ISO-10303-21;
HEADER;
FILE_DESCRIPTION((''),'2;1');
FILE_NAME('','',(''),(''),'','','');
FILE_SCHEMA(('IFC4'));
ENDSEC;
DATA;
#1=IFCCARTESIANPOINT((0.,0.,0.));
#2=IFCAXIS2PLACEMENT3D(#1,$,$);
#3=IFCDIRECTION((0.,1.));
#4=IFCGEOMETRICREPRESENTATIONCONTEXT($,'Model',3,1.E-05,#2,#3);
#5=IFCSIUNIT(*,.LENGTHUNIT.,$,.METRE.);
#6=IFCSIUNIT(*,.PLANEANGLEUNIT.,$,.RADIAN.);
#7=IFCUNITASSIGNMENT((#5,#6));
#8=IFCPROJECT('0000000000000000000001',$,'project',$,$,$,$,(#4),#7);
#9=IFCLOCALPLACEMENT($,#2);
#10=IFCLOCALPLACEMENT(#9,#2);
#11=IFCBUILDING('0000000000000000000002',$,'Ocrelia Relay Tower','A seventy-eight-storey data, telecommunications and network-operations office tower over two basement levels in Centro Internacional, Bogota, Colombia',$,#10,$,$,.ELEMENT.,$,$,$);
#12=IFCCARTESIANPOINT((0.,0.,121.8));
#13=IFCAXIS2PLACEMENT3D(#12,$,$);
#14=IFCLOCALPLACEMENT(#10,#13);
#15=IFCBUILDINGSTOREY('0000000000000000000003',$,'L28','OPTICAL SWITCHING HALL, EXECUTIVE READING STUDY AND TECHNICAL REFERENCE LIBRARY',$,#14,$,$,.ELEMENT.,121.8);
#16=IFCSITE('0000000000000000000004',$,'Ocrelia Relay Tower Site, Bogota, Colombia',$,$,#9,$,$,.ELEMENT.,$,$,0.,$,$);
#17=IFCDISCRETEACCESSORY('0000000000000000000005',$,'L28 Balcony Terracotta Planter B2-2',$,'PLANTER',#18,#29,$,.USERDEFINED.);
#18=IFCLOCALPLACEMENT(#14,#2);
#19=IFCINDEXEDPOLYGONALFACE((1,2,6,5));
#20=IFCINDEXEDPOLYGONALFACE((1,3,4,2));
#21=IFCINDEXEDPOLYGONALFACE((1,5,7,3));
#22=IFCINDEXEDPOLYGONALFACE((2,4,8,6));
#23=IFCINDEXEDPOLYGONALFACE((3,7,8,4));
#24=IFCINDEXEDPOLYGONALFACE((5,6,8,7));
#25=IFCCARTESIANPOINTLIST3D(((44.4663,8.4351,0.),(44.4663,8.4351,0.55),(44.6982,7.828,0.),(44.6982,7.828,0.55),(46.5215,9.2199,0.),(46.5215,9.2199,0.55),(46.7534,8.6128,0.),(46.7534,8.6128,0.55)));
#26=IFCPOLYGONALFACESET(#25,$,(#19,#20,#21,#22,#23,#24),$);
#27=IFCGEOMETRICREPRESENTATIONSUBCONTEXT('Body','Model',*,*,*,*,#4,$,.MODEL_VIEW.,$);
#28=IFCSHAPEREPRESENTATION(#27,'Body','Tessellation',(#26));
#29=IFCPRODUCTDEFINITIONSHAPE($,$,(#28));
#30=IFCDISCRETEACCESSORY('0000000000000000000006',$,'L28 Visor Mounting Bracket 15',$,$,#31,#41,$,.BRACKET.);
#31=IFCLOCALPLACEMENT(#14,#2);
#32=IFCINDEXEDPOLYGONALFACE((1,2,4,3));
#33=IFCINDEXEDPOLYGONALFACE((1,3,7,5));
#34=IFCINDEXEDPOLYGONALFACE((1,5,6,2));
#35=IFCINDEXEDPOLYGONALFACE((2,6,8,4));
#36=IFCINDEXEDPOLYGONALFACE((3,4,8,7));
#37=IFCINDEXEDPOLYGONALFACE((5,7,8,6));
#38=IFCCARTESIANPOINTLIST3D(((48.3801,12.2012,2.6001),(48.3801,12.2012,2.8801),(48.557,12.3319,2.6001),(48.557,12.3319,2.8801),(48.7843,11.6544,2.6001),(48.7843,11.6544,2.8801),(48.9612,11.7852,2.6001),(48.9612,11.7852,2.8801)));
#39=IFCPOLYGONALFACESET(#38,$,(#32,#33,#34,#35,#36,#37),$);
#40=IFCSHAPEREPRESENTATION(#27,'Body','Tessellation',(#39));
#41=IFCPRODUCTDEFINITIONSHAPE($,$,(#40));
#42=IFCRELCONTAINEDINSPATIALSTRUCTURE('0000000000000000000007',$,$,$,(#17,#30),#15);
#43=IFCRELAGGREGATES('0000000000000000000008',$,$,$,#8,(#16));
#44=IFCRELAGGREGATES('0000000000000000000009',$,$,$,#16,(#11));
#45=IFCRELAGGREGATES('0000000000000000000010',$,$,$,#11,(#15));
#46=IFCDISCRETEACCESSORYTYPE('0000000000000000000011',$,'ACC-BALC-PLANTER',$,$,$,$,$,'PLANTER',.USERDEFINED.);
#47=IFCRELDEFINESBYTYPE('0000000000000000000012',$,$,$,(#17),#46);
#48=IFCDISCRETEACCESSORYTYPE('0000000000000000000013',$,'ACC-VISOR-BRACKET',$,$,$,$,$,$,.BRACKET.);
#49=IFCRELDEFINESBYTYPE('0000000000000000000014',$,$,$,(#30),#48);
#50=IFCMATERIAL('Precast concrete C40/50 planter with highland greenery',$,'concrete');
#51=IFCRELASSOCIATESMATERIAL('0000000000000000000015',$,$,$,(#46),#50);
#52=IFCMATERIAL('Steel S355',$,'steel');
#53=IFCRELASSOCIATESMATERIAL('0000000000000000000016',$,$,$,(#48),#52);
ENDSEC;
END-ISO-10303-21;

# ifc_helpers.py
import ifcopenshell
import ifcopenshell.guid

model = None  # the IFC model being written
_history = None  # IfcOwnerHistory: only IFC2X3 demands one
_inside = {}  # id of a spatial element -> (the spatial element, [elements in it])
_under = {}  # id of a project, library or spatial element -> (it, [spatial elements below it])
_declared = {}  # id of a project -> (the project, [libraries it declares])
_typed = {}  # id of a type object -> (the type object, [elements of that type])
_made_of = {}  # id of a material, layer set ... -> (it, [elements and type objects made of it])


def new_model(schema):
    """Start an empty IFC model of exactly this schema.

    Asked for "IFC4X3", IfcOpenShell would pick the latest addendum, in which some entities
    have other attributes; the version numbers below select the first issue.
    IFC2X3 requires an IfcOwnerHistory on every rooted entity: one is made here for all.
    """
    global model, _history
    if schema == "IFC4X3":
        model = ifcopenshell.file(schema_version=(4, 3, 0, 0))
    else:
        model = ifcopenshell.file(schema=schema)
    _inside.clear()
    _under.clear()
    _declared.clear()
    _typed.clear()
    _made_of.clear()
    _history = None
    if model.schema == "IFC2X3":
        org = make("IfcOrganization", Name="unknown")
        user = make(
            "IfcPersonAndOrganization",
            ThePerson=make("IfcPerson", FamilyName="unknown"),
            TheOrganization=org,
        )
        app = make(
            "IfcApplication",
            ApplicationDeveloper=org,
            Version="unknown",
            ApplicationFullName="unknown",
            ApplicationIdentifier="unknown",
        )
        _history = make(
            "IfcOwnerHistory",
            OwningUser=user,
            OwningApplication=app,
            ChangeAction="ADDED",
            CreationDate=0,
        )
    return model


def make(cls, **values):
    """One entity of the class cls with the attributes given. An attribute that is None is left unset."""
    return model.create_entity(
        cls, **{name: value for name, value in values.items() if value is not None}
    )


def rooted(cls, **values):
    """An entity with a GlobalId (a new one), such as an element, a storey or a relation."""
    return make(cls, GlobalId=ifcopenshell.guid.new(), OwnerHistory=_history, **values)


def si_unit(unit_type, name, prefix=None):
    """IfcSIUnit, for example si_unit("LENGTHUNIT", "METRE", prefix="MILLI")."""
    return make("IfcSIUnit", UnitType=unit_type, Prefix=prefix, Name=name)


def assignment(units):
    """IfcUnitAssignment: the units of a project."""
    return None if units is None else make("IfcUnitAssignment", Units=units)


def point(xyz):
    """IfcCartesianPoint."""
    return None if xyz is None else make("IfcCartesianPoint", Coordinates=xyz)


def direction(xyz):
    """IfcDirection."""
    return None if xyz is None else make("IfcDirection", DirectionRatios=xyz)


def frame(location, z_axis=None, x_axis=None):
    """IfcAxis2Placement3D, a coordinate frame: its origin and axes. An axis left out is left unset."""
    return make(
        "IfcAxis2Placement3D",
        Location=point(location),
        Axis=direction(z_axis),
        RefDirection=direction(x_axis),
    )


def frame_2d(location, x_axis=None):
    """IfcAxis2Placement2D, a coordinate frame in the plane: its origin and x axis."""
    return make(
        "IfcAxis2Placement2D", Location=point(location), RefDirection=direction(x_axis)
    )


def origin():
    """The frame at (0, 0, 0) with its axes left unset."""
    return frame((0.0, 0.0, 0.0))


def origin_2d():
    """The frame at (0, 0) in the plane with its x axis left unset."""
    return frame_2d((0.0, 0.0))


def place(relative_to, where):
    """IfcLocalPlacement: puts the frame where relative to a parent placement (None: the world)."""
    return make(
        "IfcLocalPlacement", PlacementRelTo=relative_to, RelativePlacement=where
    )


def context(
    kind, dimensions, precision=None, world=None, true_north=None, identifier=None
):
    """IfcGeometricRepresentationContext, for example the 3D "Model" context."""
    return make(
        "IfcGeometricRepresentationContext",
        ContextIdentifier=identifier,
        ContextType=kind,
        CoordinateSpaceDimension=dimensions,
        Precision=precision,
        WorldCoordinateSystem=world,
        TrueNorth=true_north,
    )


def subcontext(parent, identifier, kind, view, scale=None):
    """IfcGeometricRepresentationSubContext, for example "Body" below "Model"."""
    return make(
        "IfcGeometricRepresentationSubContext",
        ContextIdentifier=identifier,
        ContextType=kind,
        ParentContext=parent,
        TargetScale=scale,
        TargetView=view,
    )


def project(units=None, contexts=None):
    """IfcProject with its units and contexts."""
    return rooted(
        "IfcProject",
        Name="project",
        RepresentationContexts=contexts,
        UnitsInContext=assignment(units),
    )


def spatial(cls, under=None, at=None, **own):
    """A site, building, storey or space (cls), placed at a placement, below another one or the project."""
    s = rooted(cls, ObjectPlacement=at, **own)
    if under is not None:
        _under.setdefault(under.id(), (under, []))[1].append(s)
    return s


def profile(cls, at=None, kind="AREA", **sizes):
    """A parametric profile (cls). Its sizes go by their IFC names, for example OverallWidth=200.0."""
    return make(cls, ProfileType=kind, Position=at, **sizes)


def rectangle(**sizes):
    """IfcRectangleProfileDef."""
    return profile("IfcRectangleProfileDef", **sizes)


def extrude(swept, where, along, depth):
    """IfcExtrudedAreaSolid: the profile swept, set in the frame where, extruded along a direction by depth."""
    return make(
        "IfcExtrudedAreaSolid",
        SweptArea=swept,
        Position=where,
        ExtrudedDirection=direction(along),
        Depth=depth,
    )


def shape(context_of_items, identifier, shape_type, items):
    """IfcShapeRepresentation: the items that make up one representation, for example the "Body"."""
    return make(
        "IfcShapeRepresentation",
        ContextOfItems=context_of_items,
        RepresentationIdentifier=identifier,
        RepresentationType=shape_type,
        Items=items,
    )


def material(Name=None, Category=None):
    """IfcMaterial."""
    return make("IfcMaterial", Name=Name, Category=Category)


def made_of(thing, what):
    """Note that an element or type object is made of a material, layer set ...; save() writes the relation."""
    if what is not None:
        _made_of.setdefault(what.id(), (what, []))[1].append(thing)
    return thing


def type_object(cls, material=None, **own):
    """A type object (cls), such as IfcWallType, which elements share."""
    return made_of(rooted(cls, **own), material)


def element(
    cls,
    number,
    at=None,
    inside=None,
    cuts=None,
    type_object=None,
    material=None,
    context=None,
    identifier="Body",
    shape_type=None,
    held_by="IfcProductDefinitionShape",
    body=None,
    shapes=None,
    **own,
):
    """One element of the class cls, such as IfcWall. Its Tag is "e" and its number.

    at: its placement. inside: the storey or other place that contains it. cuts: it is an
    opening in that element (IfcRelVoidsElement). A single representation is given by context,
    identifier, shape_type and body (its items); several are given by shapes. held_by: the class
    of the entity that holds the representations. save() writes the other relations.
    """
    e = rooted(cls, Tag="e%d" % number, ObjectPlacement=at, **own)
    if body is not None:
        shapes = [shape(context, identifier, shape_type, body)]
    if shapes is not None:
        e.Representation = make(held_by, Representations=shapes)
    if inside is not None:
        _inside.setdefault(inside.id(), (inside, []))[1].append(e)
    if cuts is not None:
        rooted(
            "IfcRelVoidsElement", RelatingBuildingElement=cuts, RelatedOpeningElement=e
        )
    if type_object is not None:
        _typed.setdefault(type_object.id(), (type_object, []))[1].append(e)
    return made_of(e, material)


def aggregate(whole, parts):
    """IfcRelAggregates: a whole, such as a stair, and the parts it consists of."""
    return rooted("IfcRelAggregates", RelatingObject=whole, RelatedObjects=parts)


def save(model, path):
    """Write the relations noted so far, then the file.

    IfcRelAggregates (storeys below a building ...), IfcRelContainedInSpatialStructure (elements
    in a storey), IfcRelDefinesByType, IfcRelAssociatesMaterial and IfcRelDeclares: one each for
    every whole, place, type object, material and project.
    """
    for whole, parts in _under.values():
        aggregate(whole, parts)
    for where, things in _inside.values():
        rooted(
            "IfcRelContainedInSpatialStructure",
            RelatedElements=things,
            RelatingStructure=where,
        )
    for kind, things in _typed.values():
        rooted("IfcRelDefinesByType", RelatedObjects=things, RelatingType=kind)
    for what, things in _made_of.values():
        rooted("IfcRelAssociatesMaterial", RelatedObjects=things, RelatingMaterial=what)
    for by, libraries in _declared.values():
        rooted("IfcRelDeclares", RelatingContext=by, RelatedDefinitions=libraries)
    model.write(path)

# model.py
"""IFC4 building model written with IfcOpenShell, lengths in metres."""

from ifc_helpers import new_model, si_unit, direction, frame, origin, origin_2d, place, context, subcontext, project, spatial, rectangle, extrude, material, type_object, element, save


model = new_model("IFC4")

# Units and contexts
model_context = context("Model", 3, precision=1e-05, world=origin(), true_north=direction((0.0, 1.0)))
body_context = subcontext(model_context, "Body", "Model", "MODEL_VIEW")
ifc_project = project(units=[si_unit("LENGTHUNIT", "METRE"), si_unit("PLANEANGLEUNIT", "RADIAN")], contexts=[model_context])

# Site, building, storey
site_placement = place(None, origin())
site = spatial("IfcSite", under=ifc_project, at=site_placement, Name="Ocrelia Relay Tower Site, Bogota, Colombia", CompositionType="ELEMENT", RefElevation=0.0)
building_placement = place(site_placement, origin())
building = spatial("IfcBuilding", under=site, at=building_placement, Name="Ocrelia Relay Tower", Description="A seventy-eight-storey data, telecommunications and network-operations office tower over two basement levels in Centro Internacional, Bogota, Colombia", CompositionType="ELEMENT")
storey_placement = place(building_placement, frame((0.0, 0.0, 121.8)))
storey = spatial("IfcBuildingStorey", under=building, at=storey_placement, Name="L28", Description="OPTICAL SWITCHING HALL, EXECUTIVE READING STUDY AND TECHNICAL REFERENCE LIBRARY", CompositionType="ELEMENT", Elevation=121.8)

# Shared definitions
ifc_material_1 = material(Name="Steel S355", Category="steel")

# Discrete accessories
ifc_material_2 = material(Name="Precast concrete C40/50 planter with highland greenery", Category="concrete")
discrete_accessory_type_1 = type_object("IfcDiscreteAccessoryType", Name="ACC-BALC-PLANTER", ElementType="PLANTER", PredefinedType="USERDEFINED", material=ifc_material_2)
discrete_accessory_1_placement = place(storey_placement, frame((45.6099, 8.5239, 0.0), z_axis=(0.0, 0.0, 1.0), x_axis=(-0.934206, -0.356733, 0.0)))
element("IfcDiscreteAccessory", 1, at=discrete_accessory_1_placement, inside=storey, type_object=discrete_accessory_type_1, Name="L28 Balcony Terracotta Planter B2-2", ObjectType="PLANTER", PredefinedType="USERDEFINED", context=body_context, shape_type="SweptSolid", body=[
    extrude(rectangle(XDim=2.2, YDim=0.6499, at=origin_2d()), origin(), (0.0, 0.0, 1.0), 0.55),
])
discrete_accessory_type_2 = type_object("IfcDiscreteAccessoryType", Name="ACC-VISOR-BRACKET", PredefinedType="BRACKET", material=ifc_material_1)
discrete_accessory_2_placement = place(storey_placement, frame((48.6707, 11.9932, 2.6001), z_axis=(0.0, 0.0, 1.0), x_axis=(0.804154, 0.594422, 0.0)))
element("IfcDiscreteAccessory", 2, at=discrete_accessory_2_placement, inside=storey, type_object=discrete_accessory_type_2, Name="L28 Visor Mounting Bracket 15", PredefinedType="BRACKET", context=body_context, shape_type="SweptSolid", body=[
    extrude(rectangle(XDim=0.22, YDim=0.6799, at=origin_2d()), origin(), (0.0, 0.0, 1.0), 0.28),
])

save(model, "model.ifc")
